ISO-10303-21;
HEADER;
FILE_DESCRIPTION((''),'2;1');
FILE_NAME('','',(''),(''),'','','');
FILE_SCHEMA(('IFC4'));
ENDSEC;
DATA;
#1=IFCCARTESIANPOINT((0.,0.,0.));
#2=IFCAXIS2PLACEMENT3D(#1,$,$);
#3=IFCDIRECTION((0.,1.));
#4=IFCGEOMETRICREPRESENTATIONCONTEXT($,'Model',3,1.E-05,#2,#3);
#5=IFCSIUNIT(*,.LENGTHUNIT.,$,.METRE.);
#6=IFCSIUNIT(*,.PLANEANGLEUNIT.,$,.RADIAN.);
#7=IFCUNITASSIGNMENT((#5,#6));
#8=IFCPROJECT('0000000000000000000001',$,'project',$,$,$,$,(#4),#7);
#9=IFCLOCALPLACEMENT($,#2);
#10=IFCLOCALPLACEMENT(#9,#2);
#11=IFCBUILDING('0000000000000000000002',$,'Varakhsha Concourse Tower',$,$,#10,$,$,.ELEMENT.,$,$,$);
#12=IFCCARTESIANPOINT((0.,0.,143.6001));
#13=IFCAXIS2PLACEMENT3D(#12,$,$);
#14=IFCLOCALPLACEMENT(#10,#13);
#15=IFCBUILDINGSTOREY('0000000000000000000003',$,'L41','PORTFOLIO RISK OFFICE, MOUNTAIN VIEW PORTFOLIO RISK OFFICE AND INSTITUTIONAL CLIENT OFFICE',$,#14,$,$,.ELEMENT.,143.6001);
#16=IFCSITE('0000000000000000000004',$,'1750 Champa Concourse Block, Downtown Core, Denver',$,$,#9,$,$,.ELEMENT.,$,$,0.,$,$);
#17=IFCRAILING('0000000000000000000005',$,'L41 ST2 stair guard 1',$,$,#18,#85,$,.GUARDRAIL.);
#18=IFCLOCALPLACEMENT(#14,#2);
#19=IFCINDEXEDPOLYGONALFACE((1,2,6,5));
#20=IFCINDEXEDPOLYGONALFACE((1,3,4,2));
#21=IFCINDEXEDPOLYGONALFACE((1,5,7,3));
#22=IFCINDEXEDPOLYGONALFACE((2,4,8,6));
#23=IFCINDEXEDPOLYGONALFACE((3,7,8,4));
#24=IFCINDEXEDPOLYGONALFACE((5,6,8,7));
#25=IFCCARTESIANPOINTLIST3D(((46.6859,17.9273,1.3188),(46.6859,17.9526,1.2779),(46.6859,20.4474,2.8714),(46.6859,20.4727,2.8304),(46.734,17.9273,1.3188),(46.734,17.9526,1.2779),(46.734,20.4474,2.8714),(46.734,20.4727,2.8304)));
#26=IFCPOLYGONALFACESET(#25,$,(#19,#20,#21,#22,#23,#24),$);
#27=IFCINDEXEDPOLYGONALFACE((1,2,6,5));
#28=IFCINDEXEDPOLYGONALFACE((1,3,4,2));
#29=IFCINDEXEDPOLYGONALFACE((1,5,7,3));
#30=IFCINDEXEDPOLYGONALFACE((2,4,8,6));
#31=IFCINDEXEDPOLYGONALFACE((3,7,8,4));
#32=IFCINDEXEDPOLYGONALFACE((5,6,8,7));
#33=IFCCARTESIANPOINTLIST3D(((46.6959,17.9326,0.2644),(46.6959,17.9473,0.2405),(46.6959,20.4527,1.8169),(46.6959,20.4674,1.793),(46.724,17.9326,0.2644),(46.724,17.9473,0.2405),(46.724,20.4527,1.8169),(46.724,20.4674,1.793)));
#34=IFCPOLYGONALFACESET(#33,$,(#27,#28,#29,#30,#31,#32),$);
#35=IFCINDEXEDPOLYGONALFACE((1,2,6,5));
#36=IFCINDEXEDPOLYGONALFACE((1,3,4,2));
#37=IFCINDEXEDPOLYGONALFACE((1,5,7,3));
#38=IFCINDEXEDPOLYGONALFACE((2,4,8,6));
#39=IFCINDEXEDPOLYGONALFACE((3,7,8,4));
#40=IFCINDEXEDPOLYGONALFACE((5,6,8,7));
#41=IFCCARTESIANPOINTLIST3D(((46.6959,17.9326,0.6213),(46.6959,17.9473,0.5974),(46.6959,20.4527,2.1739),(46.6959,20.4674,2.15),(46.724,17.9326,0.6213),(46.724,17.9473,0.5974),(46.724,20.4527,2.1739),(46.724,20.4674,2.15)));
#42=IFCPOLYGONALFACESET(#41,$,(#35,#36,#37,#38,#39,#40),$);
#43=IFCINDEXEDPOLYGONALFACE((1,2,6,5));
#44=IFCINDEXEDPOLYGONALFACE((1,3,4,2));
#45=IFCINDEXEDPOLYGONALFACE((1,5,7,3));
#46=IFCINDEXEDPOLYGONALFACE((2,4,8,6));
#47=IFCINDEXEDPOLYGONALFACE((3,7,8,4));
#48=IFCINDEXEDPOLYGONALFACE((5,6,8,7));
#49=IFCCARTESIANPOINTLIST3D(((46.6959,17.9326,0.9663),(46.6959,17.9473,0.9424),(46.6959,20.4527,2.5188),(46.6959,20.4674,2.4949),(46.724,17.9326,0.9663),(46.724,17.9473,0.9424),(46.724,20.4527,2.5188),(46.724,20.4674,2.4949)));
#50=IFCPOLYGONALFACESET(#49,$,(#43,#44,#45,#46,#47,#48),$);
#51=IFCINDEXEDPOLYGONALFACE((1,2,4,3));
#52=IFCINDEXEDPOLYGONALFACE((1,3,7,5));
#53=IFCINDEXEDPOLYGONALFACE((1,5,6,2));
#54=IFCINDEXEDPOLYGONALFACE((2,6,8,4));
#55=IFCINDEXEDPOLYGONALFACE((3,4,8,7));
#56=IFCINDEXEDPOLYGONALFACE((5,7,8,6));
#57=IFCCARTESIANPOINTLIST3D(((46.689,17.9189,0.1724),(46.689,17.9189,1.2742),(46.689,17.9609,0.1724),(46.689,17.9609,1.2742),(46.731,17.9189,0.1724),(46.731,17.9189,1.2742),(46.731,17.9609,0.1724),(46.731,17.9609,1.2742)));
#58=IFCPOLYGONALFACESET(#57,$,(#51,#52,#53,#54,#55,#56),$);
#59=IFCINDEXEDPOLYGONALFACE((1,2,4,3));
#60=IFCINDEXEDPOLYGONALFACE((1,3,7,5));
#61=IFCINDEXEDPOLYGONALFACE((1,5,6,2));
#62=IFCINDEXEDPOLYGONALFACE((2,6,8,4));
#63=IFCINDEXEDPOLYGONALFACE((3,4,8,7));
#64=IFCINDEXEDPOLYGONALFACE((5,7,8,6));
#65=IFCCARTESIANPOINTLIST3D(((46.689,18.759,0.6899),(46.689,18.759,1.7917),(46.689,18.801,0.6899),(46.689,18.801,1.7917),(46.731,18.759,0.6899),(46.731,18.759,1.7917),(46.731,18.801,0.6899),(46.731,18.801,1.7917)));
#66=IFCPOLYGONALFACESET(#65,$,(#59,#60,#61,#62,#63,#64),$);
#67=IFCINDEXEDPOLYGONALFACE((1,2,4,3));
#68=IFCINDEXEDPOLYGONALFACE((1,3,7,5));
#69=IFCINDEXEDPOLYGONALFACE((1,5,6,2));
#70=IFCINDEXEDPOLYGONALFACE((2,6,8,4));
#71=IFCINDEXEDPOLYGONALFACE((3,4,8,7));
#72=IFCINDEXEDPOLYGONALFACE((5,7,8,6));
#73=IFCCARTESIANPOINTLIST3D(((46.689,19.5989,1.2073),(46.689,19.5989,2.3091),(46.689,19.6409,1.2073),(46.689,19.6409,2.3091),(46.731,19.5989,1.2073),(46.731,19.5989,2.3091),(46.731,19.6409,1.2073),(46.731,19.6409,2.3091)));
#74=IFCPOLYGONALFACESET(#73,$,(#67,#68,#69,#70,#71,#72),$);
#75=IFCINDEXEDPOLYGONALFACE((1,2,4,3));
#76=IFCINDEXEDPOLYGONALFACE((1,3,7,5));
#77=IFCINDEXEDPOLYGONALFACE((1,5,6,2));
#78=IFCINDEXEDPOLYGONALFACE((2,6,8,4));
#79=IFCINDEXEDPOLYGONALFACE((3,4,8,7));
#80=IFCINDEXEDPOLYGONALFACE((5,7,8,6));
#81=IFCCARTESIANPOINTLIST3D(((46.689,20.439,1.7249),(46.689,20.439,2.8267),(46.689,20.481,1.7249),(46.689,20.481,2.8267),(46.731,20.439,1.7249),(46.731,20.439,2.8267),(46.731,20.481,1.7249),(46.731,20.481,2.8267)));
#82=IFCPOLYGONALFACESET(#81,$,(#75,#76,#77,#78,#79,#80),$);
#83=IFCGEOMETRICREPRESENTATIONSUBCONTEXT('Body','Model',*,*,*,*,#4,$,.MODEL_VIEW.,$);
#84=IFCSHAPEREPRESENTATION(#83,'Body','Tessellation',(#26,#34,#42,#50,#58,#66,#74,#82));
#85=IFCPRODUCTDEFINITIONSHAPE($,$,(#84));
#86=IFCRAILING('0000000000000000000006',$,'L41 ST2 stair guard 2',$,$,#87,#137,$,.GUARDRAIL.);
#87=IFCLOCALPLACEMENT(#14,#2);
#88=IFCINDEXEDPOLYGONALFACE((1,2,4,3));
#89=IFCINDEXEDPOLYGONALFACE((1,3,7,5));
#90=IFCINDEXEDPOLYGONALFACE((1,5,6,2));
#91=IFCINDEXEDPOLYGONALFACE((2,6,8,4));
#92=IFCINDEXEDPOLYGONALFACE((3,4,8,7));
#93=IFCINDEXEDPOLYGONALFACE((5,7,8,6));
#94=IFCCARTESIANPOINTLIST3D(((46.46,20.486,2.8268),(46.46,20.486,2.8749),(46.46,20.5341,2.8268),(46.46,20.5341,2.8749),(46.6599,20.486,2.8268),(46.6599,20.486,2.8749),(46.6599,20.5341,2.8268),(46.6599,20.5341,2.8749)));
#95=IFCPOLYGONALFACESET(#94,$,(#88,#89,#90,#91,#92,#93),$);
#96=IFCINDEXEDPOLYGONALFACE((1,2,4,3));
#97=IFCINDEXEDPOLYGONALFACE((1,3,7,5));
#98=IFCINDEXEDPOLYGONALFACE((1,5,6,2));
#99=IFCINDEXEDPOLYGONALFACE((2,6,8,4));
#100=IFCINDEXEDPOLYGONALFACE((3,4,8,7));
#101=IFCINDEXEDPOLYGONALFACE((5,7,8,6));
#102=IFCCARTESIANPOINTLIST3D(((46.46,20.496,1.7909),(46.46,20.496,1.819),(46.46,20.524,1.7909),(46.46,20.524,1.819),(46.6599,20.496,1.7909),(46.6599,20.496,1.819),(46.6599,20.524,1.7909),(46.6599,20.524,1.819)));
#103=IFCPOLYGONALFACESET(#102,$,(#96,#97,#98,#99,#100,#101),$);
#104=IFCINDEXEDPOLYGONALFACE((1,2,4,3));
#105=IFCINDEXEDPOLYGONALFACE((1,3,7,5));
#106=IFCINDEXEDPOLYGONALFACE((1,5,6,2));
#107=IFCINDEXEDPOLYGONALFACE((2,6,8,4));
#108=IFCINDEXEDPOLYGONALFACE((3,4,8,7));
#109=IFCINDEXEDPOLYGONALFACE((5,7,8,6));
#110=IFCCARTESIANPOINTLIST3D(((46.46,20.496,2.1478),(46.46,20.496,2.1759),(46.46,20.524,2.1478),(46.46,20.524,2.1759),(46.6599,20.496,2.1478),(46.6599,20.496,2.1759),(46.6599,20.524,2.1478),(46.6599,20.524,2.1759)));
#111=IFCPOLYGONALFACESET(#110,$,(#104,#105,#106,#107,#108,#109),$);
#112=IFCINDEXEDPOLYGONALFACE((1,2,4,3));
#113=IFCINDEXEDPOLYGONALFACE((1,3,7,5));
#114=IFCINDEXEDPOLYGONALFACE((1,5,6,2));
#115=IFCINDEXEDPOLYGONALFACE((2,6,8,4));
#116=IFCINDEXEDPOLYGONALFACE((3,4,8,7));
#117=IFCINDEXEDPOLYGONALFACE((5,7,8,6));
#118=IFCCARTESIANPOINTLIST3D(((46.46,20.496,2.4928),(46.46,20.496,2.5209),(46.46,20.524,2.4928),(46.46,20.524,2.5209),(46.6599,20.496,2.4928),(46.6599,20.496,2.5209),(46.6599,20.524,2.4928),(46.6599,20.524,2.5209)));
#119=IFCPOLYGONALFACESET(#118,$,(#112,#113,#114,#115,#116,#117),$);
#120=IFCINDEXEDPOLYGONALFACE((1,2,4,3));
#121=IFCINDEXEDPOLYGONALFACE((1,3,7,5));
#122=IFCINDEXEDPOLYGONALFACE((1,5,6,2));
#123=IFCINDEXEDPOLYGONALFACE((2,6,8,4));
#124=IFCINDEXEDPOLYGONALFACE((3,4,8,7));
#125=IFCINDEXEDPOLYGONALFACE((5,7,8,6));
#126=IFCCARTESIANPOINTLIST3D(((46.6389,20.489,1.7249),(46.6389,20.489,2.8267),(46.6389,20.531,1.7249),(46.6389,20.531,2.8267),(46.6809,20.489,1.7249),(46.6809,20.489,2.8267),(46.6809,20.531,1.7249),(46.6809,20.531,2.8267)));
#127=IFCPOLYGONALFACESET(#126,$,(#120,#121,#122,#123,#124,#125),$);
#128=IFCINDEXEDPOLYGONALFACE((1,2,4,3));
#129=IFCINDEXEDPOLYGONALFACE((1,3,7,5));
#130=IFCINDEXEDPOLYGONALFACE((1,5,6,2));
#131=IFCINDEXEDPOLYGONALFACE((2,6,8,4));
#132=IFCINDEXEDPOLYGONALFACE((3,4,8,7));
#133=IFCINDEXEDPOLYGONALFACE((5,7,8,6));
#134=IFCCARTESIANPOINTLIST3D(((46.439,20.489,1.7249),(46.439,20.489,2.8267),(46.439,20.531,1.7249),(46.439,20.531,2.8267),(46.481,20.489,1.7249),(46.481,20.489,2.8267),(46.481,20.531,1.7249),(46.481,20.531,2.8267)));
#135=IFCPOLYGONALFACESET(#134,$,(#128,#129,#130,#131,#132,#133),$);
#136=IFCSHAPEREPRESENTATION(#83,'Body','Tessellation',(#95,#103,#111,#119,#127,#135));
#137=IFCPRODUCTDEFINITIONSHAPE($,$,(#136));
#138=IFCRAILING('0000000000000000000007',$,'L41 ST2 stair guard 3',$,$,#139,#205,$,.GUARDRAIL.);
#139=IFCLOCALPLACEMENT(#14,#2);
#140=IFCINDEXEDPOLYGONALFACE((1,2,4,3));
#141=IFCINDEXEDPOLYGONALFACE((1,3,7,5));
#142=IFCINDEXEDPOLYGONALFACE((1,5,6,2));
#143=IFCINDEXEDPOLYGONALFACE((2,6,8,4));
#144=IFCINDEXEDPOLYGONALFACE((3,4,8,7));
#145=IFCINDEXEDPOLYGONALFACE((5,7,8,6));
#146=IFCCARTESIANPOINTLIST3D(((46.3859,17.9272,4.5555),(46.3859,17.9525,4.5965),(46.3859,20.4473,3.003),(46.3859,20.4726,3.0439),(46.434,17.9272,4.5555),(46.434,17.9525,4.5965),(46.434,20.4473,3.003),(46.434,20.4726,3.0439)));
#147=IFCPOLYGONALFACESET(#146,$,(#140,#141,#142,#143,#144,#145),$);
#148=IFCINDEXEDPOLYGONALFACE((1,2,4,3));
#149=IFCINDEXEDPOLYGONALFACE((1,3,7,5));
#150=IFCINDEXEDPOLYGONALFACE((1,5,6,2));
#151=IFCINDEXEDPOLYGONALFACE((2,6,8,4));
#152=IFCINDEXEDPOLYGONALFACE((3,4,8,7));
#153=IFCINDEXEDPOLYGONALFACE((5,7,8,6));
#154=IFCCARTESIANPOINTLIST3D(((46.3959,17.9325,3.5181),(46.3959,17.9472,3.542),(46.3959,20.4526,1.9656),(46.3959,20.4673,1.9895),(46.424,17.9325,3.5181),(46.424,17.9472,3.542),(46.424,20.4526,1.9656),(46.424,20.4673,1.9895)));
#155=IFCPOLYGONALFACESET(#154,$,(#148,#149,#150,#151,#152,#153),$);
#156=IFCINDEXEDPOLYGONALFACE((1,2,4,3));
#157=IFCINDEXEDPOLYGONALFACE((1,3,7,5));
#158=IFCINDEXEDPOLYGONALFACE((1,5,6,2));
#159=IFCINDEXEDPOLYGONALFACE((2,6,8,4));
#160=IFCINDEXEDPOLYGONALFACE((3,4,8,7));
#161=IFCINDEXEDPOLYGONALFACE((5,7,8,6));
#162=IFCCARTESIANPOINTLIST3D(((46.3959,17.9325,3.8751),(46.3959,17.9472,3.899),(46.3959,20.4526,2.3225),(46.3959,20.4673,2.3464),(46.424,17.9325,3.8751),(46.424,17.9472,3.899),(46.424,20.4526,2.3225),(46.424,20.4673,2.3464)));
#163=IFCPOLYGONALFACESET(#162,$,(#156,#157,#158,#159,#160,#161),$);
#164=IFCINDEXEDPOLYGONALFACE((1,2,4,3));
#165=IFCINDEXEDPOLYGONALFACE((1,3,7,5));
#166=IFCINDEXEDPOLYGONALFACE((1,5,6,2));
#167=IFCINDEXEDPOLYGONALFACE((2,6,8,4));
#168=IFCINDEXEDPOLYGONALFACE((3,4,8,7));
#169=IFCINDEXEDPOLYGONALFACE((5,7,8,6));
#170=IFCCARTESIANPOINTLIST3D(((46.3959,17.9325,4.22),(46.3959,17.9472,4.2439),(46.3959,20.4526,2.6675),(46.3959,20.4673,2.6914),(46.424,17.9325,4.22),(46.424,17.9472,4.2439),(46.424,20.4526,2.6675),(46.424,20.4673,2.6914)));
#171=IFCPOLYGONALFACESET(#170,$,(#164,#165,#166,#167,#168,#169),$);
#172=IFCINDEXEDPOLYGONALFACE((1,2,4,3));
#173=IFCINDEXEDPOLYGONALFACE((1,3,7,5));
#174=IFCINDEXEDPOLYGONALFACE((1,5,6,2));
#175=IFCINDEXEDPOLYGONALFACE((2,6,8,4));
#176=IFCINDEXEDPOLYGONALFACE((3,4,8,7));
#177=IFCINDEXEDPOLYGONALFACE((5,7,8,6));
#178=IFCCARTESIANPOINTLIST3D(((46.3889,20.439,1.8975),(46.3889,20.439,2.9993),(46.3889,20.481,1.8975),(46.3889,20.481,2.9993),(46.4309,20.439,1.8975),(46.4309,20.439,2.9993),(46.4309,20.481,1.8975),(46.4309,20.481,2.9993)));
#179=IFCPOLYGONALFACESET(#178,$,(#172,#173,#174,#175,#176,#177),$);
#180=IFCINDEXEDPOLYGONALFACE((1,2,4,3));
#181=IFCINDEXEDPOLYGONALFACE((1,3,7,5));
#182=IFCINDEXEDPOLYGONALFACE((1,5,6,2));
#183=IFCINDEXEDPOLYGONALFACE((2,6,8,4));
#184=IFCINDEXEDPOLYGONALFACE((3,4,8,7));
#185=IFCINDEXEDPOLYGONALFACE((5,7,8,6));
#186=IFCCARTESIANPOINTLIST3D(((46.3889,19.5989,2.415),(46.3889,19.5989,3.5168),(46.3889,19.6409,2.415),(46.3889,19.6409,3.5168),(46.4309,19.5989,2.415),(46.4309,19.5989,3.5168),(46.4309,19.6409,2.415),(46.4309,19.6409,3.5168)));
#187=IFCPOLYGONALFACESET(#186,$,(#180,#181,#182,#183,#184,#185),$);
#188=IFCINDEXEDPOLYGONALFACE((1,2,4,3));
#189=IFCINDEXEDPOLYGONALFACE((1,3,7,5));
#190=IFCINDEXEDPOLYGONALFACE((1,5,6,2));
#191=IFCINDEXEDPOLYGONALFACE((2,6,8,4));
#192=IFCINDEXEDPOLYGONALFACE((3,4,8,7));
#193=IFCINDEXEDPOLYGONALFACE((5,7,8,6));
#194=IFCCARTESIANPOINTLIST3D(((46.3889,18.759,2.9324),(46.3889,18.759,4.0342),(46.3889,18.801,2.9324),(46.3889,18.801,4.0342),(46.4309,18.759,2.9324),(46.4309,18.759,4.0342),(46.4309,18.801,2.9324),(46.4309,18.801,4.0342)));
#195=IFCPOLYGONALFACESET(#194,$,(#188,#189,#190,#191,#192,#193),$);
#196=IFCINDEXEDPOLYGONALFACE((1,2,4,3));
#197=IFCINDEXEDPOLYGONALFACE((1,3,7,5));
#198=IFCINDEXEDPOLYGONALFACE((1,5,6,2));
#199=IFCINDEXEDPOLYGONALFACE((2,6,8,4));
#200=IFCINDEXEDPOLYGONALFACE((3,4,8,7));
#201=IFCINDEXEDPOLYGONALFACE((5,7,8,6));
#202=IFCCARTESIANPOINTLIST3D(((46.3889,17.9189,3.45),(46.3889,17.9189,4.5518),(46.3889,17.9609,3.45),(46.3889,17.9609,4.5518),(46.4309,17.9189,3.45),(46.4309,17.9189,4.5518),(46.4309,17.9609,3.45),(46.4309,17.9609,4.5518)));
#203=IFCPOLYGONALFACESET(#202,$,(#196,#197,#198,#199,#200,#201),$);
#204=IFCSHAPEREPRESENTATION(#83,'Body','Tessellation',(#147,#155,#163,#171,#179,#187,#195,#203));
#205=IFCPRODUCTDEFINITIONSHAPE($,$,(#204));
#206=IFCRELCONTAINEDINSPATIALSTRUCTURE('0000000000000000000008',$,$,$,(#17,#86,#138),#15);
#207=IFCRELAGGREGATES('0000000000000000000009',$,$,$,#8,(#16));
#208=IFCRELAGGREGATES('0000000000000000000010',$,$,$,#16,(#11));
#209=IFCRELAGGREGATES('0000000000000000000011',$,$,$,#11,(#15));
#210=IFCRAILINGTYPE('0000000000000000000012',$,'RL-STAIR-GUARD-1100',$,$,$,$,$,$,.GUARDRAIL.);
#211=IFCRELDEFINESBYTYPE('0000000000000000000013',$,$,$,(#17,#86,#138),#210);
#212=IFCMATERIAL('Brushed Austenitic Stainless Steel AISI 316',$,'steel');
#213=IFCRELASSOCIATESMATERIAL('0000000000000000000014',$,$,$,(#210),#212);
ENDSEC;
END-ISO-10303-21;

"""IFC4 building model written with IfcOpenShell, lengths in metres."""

from ifc_helpers import new_model, si_unit, direction, frame, origin, origin_2d, place, context, subcontext, project, spatial, rectangle, extrude, material, type_object, element, save


model = new_model("IFC4")

# Units and contexts
model_context = context("Model", 3, precision=1e-05, world=origin(), true_north=direction((0.0, 1.0)))
body_context = subcontext(model_context, "Body", "Model", "MODEL_VIEW")
ifc_project = project(units=[si_unit("LENGTHUNIT", "METRE"), si_unit("PLANEANGLEUNIT", "RADIAN")], contexts=[model_context])

# Site, building, storey
site_placement = place(None, origin())
site = spatial("IfcSite", under=ifc_project, at=site_placement, Name="1750 Champa Concourse Block, Downtown Core, Denver", CompositionType="ELEMENT", RefElevation=0.0)
building_placement = place(site_placement, origin())
building = spatial("IfcBuilding", under=site, at=building_placement, Name="Varakhsha Concourse Tower", CompositionType="ELEMENT")
storey_placement = place(building_placement, frame((0.0, 0.0, 143.6001)))
storey = spatial("IfcBuildingStorey", under=building, at=storey_placement, Name="L41", Description="PORTFOLIO RISK OFFICE, MOUNTAIN VIEW PORTFOLIO RISK OFFICE AND INSTITUTIONAL CLIENT OFFICE", CompositionType="ELEMENT", Elevation=143.6001)

# Railings
ifc_material_1 = material(Name="Brushed Austenitic Stainless Steel AISI 316", Category="steel")
railing_type_1 = type_object("IfcRailingType", Name="RL-STAIR-GUARD-1100", PredefinedType="GUARDRAIL", material=ifc_material_1)
railing_1_placement = place(storey_placement, frame((46.71, 17.9399, 0.1724)))
element("IfcRailing", 1, at=railing_1_placement, inside=storey, type_object=railing_type_1, Name="L41 ST2 stair guard 1", PredefinedType="GUARDRAIL", context=body_context, shape_type="SweptSolid", body=[
    extrude(rectangle(XDim=0.0481, YDim=0.0481, at=origin_2d()), frame((0.0, 0.0, 1.126), z_axis=(0.0, 0.8514, 0.524516), x_axis=(-1.0, 0.0, 0.0)), (0.0, 0.0, 1.0), 2.96),
    extrude(rectangle(XDim=0.0281, YDim=0.0281, at=origin_2d()), frame((0.0, 0.0, 0.0801), z_axis=(0.0, 0.8514, 0.524516), x_axis=(-1.0, 0.0, 0.0)), (0.0, 0.0, 1.0), 2.96),
    extrude(rectangle(XDim=0.0281, YDim=0.0281, at=origin_2d()), frame((0.0, 0.0, 0.437), z_axis=(0.0, 0.8514, 0.524516), x_axis=(-1.0, 0.0, 0.0)), (0.0, 0.0, 1.0), 2.96),
    extrude(rectangle(XDim=0.0281, YDim=0.0281, at=origin_2d()), frame((0.0, 0.0, 0.782), z_axis=(0.0, 0.8514, 0.524516), x_axis=(-1.0, 0.0, 0.0)), (0.0, 0.0, 1.0), 2.96),
    extrude(rectangle(XDim=0.042, YDim=0.042, at=origin_2d()), origin(), (0.0, 0.0, 1.0), 1.1018),
    extrude(rectangle(XDim=0.042, YDim=0.042, at=origin_2d()), frame((0.0, 0.8401, 0.5176)), (0.0, 0.0, 1.0), 1.1018),
    extrude(rectangle(XDim=0.042, YDim=0.042, at=origin_2d()), frame((0.0, 1.6799, 1.0349)), (0.0, 0.0, 1.0), 1.1018),
    extrude(rectangle(XDim=0.042, YDim=0.042, at=origin_2d()), frame((0.0, 2.52, 1.5525)), (0.0, 0.0, 1.0), 1.1018),
])
railing_2_placement = place(storey_placement, frame((46.6599, 20.51, 1.7249)))
element("IfcRailing", 2, at=railing_2_placement, inside=storey, type_object=railing_type_1, Name="L41 ST2 stair guard 2", PredefinedType="GUARDRAIL", context=body_context, shape_type="SweptSolid", body=[
    extrude(rectangle(XDim=0.0481, YDim=0.0481, at=origin_2d()), frame((0.0, 0.0, 1.126), z_axis=(-1.0, 0.0, 0.0), x_axis=(0.0, -1.0, 0.0)), (0.0, 0.0, 1.0), 0.2),
    extrude(rectangle(XDim=0.0281, YDim=0.0281, at=origin_2d()), frame((0.0, 0.0, 0.0801), z_axis=(-1.0, 0.0, 0.0), x_axis=(0.0, -1.0, 0.0)), (0.0, 0.0, 1.0), 0.2),
    extrude(rectangle(XDim=0.0281, YDim=0.0281, at=origin_2d()), frame((0.0, 0.0, 0.437), z_axis=(-1.0, 0.0, 0.0), x_axis=(0.0, -1.0, 0.0)), (0.0, 0.0, 1.0), 0.2),
    extrude(rectangle(XDim=0.0281, YDim=0.0281, at=origin_2d()), frame((0.0, 0.0, 0.782), z_axis=(-1.0, 0.0, 0.0), x_axis=(0.0, -1.0, 0.0)), (0.0, 0.0, 1.0), 0.2),
    extrude(rectangle(XDim=0.042, YDim=0.042, at=origin_2d()), origin(), (0.0, 0.0, 1.0), 1.1018),
    extrude(rectangle(XDim=0.042, YDim=0.042, at=origin_2d()), frame((-0.2, 0.0, 0.0)), (0.0, 0.0, 1.0), 1.1018),
])
railing_3_placement = place(storey_placement, frame((46.4099, 20.46, 1.8975)))
element("IfcRailing", 3, at=railing_3_placement, inside=storey, type_object=railing_type_1, Name="L41 ST2 stair guard 3", PredefinedType="GUARDRAIL", context=body_context, shape_type="SweptSolid", body=[
    extrude(rectangle(XDim=0.0481, YDim=0.0481, at=origin_2d()), frame((0.0, 0.0, 1.126), z_axis=(0.0, -0.8514, 0.524516), x_axis=(1.0, 0.0, 0.0)), (0.0, 0.0, 1.0), 2.96),
    extrude(rectangle(XDim=0.0281, YDim=0.0281, at=origin_2d()), frame((0.0, 0.0, 0.0801), z_axis=(0.0, -0.8514, 0.524516), x_axis=(1.0, 0.0, 0.0)), (0.0, 0.0, 1.0), 2.96),
    extrude(rectangle(XDim=0.0281, YDim=0.0281, at=origin_2d()), frame((0.0, 0.0, 0.437), z_axis=(0.0, -0.8514, 0.524516), x_axis=(1.0, 0.0, 0.0)), (0.0, 0.0, 1.0), 2.96),
    extrude(rectangle(XDim=0.0281, YDim=0.0281, at=origin_2d()), frame((0.0, 0.0, 0.782), z_axis=(0.0, -0.8514, 0.524516), x_axis=(1.0, 0.0, 0.0)), (0.0, 0.0, 1.0), 2.96),
    extrude(rectangle(XDim=0.042, YDim=0.042, at=origin_2d()), origin(), (0.0, 0.0, 1.0), 1.1018),
    extrude(rectangle(XDim=0.042, YDim=0.042, at=origin_2d()), frame((0.0, -0.8401, 0.5176)), (0.0, 0.0, 1.0), 1.1018),
    extrude(rectangle(XDim=0.042, YDim=0.042, at=origin_2d()), frame((0.0, -1.6799, 1.0349)), (0.0, 0.0, 1.0), 1.1018),
    extrude(rectangle(XDim=0.042, YDim=0.042, at=origin_2d()), frame((0.0, -2.52, 1.5525)), (0.0, 0.0, 1.0), 1.1018),
])

save(model, "model.ifc")
